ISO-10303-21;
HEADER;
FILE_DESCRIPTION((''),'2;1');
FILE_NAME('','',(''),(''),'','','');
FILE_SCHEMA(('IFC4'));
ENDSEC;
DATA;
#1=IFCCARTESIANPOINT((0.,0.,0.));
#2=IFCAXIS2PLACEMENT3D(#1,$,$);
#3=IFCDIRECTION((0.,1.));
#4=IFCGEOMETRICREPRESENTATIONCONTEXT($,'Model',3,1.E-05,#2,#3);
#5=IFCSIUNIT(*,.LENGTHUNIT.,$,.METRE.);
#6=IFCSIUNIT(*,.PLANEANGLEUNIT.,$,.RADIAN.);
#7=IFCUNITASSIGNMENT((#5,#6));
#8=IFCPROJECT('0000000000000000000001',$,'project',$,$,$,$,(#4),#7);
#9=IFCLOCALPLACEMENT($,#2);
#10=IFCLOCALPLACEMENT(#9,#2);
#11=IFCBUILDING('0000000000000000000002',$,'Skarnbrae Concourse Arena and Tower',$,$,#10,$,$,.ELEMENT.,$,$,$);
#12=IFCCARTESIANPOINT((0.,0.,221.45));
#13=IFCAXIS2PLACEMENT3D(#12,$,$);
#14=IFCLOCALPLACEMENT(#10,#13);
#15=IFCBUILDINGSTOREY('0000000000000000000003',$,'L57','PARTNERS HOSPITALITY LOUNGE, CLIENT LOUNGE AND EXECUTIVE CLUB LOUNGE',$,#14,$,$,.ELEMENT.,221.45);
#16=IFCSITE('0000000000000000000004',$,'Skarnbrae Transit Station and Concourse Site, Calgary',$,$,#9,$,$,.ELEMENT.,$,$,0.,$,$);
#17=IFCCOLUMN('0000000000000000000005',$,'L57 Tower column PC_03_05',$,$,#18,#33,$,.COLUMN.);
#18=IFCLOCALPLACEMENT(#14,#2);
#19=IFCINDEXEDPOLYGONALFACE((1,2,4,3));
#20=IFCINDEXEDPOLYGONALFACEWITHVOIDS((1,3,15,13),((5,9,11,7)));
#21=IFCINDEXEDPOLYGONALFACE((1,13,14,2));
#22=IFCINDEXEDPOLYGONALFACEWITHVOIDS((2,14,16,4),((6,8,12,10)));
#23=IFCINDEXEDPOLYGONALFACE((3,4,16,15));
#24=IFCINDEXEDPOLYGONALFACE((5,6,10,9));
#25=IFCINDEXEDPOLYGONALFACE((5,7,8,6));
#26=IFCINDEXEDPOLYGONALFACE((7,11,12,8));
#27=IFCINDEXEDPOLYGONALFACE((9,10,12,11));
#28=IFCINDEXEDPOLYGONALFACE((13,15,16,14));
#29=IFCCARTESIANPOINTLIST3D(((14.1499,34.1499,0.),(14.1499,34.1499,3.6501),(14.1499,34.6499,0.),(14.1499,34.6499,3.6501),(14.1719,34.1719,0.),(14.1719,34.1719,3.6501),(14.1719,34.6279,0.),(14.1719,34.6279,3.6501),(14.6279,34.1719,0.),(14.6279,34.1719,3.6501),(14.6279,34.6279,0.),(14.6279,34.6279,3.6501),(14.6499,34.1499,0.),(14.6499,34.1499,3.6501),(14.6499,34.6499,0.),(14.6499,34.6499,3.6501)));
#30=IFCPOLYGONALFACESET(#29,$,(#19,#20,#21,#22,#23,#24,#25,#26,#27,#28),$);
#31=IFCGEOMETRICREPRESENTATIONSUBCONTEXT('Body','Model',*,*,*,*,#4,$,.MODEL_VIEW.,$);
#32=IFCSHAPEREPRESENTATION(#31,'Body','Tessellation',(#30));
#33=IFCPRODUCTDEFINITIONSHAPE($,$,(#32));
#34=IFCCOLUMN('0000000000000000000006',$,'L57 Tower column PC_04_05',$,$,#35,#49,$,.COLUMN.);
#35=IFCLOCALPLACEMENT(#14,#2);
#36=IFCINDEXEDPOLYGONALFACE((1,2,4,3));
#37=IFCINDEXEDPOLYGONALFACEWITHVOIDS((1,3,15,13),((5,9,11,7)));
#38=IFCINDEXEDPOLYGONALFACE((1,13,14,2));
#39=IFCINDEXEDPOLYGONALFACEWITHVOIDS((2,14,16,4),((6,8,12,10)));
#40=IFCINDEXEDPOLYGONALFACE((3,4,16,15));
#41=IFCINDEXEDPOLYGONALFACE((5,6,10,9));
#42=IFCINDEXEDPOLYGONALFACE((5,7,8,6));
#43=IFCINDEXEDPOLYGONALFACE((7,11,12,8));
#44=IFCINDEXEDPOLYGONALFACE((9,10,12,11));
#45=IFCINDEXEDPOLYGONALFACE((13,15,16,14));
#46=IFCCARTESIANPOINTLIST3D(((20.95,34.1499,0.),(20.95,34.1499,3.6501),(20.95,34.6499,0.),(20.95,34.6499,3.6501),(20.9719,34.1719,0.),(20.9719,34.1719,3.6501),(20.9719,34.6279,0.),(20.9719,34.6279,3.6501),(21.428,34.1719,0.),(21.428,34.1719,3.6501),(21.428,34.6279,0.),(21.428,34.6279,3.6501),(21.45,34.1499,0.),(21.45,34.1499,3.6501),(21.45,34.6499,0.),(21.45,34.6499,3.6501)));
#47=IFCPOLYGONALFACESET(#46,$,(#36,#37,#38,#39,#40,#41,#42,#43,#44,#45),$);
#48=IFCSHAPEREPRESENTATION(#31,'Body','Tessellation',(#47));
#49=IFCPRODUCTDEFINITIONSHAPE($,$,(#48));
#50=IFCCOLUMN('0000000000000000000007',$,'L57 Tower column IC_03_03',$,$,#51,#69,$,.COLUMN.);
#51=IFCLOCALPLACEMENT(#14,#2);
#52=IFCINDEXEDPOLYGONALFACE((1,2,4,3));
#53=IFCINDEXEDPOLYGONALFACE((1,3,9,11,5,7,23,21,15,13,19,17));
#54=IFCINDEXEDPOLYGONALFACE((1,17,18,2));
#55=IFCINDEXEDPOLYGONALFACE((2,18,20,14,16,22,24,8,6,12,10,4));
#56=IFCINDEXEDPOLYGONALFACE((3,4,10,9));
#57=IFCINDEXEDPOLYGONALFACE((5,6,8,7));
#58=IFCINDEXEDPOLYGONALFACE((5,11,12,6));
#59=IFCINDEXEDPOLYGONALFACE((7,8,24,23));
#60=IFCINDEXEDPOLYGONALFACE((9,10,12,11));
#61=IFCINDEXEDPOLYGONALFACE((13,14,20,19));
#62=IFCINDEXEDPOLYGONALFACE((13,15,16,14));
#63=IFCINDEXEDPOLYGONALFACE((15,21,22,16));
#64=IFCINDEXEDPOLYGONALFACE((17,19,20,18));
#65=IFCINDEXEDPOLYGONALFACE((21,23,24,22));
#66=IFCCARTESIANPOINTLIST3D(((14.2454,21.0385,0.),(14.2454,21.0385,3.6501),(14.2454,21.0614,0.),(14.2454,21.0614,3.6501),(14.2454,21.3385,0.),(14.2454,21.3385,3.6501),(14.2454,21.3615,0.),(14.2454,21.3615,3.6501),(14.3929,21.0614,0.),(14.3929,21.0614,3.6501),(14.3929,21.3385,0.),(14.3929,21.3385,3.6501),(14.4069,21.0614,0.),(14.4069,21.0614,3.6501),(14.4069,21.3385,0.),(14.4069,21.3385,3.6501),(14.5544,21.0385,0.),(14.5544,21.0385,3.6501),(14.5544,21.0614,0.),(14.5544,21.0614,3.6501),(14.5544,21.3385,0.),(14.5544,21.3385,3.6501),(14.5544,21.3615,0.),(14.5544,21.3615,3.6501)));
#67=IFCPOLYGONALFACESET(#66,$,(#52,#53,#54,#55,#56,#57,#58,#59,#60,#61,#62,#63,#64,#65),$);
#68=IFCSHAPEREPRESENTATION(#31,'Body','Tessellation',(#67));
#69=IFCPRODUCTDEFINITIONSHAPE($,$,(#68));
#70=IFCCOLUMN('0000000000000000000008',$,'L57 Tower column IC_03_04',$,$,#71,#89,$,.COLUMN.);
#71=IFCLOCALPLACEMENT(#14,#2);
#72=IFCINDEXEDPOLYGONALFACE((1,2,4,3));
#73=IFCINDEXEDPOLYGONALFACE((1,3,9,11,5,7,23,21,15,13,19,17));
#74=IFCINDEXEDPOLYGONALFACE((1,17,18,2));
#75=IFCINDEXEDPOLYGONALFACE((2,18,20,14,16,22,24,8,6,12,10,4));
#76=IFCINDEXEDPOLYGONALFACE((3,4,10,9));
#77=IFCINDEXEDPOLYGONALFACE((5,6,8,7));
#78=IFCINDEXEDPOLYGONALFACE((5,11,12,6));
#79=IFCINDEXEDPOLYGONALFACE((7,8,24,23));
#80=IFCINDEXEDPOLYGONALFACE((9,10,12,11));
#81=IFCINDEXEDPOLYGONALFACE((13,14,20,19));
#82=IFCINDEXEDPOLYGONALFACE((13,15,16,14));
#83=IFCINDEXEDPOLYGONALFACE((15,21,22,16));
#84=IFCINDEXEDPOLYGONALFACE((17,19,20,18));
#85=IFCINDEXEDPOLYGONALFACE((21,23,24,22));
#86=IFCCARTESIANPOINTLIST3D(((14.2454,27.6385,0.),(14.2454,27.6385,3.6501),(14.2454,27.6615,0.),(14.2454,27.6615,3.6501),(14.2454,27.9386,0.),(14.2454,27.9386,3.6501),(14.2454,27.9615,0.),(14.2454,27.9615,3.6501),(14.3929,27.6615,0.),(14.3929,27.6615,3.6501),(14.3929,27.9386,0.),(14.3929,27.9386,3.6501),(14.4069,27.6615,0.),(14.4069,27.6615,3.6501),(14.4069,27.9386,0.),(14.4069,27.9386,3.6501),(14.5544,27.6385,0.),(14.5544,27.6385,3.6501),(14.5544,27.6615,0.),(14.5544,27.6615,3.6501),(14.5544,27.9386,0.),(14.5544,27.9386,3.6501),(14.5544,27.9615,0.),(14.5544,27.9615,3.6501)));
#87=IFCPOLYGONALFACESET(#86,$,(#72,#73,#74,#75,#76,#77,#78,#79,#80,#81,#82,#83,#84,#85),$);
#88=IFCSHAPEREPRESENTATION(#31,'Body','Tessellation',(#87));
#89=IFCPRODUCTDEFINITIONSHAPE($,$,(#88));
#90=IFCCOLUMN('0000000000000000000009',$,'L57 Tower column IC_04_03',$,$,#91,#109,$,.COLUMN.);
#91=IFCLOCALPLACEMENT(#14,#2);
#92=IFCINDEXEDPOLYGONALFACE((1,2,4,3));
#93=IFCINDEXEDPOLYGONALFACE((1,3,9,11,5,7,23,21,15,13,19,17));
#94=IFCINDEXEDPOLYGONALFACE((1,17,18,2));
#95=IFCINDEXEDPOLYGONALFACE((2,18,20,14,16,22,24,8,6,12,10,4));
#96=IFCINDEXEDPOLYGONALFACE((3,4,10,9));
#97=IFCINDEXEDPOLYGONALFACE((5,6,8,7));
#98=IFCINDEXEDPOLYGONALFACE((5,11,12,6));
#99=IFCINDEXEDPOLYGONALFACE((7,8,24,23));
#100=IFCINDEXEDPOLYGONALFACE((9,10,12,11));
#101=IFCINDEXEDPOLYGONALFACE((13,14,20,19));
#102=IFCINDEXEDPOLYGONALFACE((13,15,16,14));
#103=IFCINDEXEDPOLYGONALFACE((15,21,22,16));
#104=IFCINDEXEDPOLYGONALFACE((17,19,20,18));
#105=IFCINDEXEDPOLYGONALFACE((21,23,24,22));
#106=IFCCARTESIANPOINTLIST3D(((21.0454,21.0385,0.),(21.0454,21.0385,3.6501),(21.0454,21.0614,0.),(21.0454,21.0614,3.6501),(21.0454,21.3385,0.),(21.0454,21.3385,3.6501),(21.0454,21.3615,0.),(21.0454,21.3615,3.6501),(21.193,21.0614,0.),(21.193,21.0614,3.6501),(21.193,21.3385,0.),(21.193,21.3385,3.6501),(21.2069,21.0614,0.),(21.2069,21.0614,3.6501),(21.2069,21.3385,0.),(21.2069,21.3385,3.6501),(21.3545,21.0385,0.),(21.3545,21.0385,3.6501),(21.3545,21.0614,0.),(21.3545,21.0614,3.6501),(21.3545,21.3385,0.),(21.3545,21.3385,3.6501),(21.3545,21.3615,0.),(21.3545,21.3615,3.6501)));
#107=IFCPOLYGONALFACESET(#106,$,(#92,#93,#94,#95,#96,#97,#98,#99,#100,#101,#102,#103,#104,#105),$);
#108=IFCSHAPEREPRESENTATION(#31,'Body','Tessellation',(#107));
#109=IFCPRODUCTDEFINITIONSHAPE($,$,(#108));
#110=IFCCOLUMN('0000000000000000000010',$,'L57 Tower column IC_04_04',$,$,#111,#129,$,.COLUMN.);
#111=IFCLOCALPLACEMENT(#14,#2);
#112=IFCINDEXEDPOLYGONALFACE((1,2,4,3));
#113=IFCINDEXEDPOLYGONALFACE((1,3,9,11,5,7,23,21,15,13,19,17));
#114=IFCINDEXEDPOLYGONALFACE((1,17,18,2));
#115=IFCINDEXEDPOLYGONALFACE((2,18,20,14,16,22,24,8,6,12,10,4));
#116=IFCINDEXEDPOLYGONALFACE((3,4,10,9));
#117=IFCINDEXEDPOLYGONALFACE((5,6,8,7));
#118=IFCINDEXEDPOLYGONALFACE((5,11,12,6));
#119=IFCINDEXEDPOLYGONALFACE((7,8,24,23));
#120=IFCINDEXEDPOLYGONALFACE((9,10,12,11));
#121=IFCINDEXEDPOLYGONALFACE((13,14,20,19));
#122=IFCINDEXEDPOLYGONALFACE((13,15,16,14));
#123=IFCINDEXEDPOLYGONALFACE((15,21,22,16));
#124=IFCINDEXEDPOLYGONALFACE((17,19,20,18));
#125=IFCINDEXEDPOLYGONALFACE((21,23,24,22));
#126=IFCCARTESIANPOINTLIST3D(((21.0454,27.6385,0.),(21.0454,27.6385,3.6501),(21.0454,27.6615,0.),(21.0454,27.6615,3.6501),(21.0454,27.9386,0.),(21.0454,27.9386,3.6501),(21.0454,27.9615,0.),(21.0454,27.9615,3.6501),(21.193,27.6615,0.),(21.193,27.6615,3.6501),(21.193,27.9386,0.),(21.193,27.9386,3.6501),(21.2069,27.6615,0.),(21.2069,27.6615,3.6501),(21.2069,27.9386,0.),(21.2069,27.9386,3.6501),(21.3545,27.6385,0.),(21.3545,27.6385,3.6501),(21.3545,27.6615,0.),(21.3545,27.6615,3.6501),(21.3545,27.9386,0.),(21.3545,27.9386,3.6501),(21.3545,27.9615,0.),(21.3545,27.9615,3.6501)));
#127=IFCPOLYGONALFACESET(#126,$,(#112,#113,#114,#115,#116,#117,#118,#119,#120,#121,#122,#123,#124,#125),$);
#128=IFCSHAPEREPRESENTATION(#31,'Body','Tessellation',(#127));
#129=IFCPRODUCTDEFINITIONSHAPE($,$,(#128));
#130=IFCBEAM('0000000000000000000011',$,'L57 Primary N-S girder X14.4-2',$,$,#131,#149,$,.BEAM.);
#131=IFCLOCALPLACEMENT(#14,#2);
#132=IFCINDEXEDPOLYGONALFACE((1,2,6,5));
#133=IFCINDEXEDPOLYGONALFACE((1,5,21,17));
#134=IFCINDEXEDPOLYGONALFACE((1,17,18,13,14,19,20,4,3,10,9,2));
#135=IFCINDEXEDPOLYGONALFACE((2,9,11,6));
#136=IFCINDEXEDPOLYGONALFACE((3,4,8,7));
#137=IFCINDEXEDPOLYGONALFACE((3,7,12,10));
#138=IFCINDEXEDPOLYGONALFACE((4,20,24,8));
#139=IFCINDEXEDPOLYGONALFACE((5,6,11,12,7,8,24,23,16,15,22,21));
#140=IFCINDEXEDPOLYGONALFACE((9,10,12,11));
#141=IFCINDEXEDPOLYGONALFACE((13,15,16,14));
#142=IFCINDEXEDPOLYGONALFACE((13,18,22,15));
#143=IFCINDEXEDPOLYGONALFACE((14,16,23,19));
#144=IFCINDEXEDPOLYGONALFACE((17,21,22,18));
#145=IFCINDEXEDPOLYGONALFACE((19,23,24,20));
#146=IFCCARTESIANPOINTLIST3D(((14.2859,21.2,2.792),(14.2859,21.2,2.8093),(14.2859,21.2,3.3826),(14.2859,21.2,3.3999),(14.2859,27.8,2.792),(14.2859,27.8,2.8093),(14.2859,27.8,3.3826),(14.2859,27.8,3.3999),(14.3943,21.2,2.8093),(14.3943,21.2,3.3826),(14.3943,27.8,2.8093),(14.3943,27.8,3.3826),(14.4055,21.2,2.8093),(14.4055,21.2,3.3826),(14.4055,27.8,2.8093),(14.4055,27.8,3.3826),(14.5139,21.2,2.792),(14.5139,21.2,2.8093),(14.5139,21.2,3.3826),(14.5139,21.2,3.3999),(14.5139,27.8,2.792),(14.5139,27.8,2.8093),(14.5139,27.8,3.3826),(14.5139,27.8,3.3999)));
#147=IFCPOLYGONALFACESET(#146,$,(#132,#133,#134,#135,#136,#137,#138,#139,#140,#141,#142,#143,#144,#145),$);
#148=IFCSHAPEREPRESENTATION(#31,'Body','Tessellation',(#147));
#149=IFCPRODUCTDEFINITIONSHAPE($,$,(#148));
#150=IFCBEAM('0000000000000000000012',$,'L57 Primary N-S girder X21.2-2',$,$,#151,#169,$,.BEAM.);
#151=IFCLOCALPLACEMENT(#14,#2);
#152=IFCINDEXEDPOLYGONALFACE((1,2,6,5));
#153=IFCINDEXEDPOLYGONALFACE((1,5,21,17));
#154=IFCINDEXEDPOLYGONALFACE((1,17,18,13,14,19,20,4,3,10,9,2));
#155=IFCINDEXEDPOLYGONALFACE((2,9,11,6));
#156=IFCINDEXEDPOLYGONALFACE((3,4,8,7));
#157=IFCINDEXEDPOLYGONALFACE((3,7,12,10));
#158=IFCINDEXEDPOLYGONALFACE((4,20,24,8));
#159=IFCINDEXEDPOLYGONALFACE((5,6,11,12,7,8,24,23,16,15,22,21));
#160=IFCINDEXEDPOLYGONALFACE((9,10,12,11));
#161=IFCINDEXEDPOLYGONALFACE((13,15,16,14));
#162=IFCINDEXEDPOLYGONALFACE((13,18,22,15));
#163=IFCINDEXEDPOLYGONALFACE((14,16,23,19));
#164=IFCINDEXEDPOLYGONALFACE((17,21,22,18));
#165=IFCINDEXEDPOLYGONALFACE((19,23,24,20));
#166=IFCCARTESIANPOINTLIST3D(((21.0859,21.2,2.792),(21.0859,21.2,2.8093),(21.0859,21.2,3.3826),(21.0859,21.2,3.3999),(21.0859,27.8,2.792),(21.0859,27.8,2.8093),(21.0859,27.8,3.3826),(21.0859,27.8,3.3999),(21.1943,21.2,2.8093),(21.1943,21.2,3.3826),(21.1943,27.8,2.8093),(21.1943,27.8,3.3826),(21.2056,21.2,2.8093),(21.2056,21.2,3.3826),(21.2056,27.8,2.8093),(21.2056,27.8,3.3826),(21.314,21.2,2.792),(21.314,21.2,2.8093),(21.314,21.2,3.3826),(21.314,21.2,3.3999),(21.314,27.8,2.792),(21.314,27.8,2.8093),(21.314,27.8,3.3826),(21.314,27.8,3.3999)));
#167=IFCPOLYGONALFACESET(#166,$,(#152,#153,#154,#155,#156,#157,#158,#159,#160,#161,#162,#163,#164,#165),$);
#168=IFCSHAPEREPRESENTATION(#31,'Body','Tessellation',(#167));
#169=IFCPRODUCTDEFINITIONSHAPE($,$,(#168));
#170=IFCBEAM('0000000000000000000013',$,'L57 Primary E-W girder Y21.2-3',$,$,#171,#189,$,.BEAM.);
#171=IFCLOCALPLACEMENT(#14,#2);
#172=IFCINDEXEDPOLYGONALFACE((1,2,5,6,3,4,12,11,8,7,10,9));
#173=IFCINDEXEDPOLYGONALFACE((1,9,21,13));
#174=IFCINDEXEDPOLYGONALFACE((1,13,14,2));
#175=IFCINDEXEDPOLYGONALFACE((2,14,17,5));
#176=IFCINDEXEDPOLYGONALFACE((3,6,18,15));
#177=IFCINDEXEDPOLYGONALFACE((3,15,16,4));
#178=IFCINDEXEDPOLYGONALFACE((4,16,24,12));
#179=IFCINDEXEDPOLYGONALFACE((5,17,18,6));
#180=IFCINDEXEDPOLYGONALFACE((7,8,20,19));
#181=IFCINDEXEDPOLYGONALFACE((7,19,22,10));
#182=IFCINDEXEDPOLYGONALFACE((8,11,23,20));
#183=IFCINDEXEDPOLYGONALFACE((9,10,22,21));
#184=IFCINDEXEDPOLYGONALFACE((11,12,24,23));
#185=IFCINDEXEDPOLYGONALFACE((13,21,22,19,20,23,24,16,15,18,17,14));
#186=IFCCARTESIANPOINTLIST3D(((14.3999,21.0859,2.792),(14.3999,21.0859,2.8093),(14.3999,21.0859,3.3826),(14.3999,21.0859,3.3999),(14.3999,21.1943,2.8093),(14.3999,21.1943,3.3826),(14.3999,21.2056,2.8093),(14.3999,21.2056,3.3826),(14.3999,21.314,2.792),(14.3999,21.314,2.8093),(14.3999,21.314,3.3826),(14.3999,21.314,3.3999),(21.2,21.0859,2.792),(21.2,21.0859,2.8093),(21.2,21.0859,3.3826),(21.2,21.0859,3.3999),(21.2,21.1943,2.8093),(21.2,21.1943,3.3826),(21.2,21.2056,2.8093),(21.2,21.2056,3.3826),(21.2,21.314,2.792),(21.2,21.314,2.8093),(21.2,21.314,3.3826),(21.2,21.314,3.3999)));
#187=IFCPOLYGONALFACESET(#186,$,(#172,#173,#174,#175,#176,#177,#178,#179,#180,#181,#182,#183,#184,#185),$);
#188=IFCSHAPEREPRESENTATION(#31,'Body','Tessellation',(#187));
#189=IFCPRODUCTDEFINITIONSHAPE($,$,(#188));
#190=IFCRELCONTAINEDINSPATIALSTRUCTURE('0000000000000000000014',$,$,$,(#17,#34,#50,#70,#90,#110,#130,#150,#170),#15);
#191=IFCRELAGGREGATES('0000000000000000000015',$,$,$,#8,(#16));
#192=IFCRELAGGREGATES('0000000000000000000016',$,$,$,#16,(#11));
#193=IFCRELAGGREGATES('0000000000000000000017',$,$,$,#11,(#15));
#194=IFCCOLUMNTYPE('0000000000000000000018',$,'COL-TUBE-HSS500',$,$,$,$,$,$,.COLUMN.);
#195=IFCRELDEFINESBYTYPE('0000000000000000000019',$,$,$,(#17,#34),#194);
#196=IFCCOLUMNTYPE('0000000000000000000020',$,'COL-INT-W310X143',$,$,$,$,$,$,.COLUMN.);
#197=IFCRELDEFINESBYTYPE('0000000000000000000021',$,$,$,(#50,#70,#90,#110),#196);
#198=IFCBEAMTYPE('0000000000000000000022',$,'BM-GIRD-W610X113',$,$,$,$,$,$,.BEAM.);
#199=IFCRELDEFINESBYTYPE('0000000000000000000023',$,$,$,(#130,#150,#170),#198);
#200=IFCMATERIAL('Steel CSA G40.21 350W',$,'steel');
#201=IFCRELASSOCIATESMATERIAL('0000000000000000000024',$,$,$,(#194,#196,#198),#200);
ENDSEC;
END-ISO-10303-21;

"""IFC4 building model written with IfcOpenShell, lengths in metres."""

from ifc_helpers import new_model, si_unit, direction, frame, origin, origin_2d, place, context, subcontext, project, spatial, hollow_rectangle, i_section, extrude, source, transform, mapped, material, material_profile, profile_set, type_object, element, save


model = new_model("IFC4")

# Units and contexts
model_context = context("Model", 3, precision=1e-05, world=origin(), true_north=direction((0.0, 1.0)))
body_context = subcontext(model_context, "Body", "Model", "MODEL_VIEW")
ifc_project = project(units=[si_unit("LENGTHUNIT", "METRE"), si_unit("PLANEANGLEUNIT", "RADIAN")], contexts=[model_context])

# Site, building, storey
site_placement = place(None, origin())
site = spatial("IfcSite", under=ifc_project, at=site_placement, Name="Skarnbrae Transit Station and Concourse Site, Calgary", CompositionType="ELEMENT", RefElevation=0.0)
building_placement = place(site_placement, origin())
building = spatial("IfcBuilding", under=site, at=building_placement, Name="Skarnbrae Concourse Arena and Tower", CompositionType="ELEMENT")
storey_placement = place(building_placement, frame((0.0, 0.0, 221.45)))
storey = spatial("IfcBuildingStorey", under=building, at=storey_placement, Name="L57", Description="PARTNERS HOSPITALITY LOUNGE, CLIENT LOUNGE AND EXECUTIVE CLUB LOUNGE", CompositionType="ELEMENT", Elevation=221.45)

# Columns
ifc_material_1 = material(Name="Steel CSA G40.21 350W", Category="steel")
ifc_material_profile_1 = material_profile(ifc_material_1, hollow_rectangle(XDim=0.5, YDim=0.5, WallThickness=0.022, at=origin_2d()), Name="HSS500X500X22.0")
ifc_profile_set_1 = profile_set([ifc_material_profile_1], Name="Steel CSA G40.21 350W")
column_type_1 = type_object("IfcColumnType", Name="COL-TUBE-HSS500", PredefinedType="COLUMN", material=ifc_profile_set_1)
shared_shape_1 = source(origin(), body_context, "Body", "SweptSolid", [
    extrude(hollow_rectangle(XDim=0.5, YDim=0.5, WallThickness=0.022, at=origin_2d()), origin(), (0.0, 0.0, 1.0), 3.6501),
])
for number, where, z_axis, x_axis, name in (
    (1, (14.3999, 34.3999, 0.0), (0.0, 0.0, 1.0), (1.0, 0.0, 0.0), "L57 Tower column PC_03_05"),
    (2, (21.2, 34.3999, 0.0), (0.0, 0.0, 1.0), (1.0, 0.0, 0.0), "L57 Tower column PC_04_05"),
):
    element("IfcColumn", number, at=place(storey_placement, frame(where, z_axis=z_axis, x_axis=x_axis)), inside=storey, type_object=column_type_1, Name=name, PredefinedType="COLUMN", context=body_context, shape_type="MappedRepresentation", body=[
        mapped(shared_shape_1, transform((0.0, 0.0, 0.0))),
    ])
ifc_material_profile_2 = material_profile(ifc_material_1, i_section(OverallWidth=0.3091, OverallDepth=0.323, WebThickness=0.0139, FlangeThickness=0.0229, at=origin_2d()), Name="W310X143")
ifc_profile_set_2 = profile_set([ifc_material_profile_2], Name="Steel CSA G40.21 350W")
column_type_2 = type_object("IfcColumnType", Name="COL-INT-W310X143", PredefinedType="COLUMN", material=ifc_profile_set_2)
shared_shape_2 = source(origin(), body_context, "Body", "SweptSolid", [
    extrude(i_section(OverallWidth=0.3091, OverallDepth=0.323, WebThickness=0.0139, FlangeThickness=0.0229, at=origin_2d()), origin(), (0.0, 0.0, 1.0), 3.6501),
])
for number, where, z_axis, x_axis, name in (
    (3, (14.3999, 21.2, 0.0), (0.0, 0.0, 1.0), (1.0, 0.0, 0.0), "L57 Tower column IC_03_03"),
    (4, (14.3999, 27.8, 0.0), (0.0, 0.0, 1.0), (1.0, 0.0, 0.0), "L57 Tower column IC_03_04"),
    (5, (21.2, 21.2, 0.0), (0.0, 0.0, 1.0), (1.0, 0.0, 0.0), "L57 Tower column IC_04_03"),
    (6, (21.2, 27.8, 0.0), (0.0, 0.0, 1.0), (1.0, 0.0, 0.0), "L57 Tower column IC_04_04"),
):
    element("IfcColumn", number, at=place(storey_placement, frame(where, z_axis=z_axis, x_axis=x_axis)), inside=storey, type_object=column_type_2, Name=name, PredefinedType="COLUMN", context=body_context, shape_type="MappedRepresentation", body=[
        mapped(shared_shape_2, transform((0.0, 0.0, 0.0))),
    ])

# Beams
ifc_material_profile_3 = material_profile(ifc_material_1, i_section(OverallWidth=0.228, OverallDepth=0.6079, WebThickness=0.0112, FlangeThickness=0.0173, at=origin_2d()), Name="W610X113")
ifc_profile_set_3 = profile_set([ifc_material_profile_3], Name="Steel CSA G40.21 350W")
beam_type_1 = type_object("IfcBeamType", Name="BM-GIRD-W610X113", PredefinedType="BEAM", material=ifc_profile_set_3)
shared_shape_3 = source(origin(), body_context, "Body", "SweptSolid", [
    extrude(i_section(OverallWidth=0.228, OverallDepth=0.6079, WebThickness=0.0112, FlangeThickness=0.0173, at=origin_2d()), origin(), (0.0, 0.0, 1.0), 6.6001),
])
for number, where, z_axis, x_axis, name in (
    (7, (14.3999, 21.2, 3.0959), (0.0, 1.0, 0.0), (-1.0, 0.0, 0.0), "L57 Primary N-S girder X14.4-2"),
    (8, (21.2, 21.2, 3.0959), (0.0, 1.0, 0.0), (-1.0, 0.0, 0.0), "L57 Primary N-S girder X21.2-2"),
):
    element("IfcBeam", number, at=place(storey_placement, frame(where, z_axis=z_axis, x_axis=x_axis)), inside=storey, type_object=beam_type_1, Name=name, PredefinedType="BEAM", context=body_context, shape_type="MappedRepresentation", body=[
        mapped(shared_shape_3, transform((0.0, 0.0, 0.0))),
    ])
shared_shape_4 = source(origin(), body_context, "Body", "SweptSolid", [
    extrude(i_section(OverallWidth=0.228, OverallDepth=0.6079, WebThickness=0.0112, FlangeThickness=0.0173, at=origin_2d()), origin(), (0.0, 0.0, 1.0), 6.8),
])
for number, where, z_axis, x_axis, name in (
    (9, (14.3999, 21.2, 3.0959), (1.0, 0.0, 0.0), (0.0, 1.0, 0.0), "L57 Primary E-W girder Y21.2-3"),
):
    element("IfcBeam", number, at=place(storey_placement, frame(where, z_axis=z_axis, x_axis=x_axis)), inside=storey, type_object=beam_type_1, Name=name, PredefinedType="BEAM", context=body_context, shape_type="MappedRepresentation", body=[
        mapped(shared_shape_4, transform((0.0, 0.0, 0.0))),
    ])

save(model, "model.ifc")
